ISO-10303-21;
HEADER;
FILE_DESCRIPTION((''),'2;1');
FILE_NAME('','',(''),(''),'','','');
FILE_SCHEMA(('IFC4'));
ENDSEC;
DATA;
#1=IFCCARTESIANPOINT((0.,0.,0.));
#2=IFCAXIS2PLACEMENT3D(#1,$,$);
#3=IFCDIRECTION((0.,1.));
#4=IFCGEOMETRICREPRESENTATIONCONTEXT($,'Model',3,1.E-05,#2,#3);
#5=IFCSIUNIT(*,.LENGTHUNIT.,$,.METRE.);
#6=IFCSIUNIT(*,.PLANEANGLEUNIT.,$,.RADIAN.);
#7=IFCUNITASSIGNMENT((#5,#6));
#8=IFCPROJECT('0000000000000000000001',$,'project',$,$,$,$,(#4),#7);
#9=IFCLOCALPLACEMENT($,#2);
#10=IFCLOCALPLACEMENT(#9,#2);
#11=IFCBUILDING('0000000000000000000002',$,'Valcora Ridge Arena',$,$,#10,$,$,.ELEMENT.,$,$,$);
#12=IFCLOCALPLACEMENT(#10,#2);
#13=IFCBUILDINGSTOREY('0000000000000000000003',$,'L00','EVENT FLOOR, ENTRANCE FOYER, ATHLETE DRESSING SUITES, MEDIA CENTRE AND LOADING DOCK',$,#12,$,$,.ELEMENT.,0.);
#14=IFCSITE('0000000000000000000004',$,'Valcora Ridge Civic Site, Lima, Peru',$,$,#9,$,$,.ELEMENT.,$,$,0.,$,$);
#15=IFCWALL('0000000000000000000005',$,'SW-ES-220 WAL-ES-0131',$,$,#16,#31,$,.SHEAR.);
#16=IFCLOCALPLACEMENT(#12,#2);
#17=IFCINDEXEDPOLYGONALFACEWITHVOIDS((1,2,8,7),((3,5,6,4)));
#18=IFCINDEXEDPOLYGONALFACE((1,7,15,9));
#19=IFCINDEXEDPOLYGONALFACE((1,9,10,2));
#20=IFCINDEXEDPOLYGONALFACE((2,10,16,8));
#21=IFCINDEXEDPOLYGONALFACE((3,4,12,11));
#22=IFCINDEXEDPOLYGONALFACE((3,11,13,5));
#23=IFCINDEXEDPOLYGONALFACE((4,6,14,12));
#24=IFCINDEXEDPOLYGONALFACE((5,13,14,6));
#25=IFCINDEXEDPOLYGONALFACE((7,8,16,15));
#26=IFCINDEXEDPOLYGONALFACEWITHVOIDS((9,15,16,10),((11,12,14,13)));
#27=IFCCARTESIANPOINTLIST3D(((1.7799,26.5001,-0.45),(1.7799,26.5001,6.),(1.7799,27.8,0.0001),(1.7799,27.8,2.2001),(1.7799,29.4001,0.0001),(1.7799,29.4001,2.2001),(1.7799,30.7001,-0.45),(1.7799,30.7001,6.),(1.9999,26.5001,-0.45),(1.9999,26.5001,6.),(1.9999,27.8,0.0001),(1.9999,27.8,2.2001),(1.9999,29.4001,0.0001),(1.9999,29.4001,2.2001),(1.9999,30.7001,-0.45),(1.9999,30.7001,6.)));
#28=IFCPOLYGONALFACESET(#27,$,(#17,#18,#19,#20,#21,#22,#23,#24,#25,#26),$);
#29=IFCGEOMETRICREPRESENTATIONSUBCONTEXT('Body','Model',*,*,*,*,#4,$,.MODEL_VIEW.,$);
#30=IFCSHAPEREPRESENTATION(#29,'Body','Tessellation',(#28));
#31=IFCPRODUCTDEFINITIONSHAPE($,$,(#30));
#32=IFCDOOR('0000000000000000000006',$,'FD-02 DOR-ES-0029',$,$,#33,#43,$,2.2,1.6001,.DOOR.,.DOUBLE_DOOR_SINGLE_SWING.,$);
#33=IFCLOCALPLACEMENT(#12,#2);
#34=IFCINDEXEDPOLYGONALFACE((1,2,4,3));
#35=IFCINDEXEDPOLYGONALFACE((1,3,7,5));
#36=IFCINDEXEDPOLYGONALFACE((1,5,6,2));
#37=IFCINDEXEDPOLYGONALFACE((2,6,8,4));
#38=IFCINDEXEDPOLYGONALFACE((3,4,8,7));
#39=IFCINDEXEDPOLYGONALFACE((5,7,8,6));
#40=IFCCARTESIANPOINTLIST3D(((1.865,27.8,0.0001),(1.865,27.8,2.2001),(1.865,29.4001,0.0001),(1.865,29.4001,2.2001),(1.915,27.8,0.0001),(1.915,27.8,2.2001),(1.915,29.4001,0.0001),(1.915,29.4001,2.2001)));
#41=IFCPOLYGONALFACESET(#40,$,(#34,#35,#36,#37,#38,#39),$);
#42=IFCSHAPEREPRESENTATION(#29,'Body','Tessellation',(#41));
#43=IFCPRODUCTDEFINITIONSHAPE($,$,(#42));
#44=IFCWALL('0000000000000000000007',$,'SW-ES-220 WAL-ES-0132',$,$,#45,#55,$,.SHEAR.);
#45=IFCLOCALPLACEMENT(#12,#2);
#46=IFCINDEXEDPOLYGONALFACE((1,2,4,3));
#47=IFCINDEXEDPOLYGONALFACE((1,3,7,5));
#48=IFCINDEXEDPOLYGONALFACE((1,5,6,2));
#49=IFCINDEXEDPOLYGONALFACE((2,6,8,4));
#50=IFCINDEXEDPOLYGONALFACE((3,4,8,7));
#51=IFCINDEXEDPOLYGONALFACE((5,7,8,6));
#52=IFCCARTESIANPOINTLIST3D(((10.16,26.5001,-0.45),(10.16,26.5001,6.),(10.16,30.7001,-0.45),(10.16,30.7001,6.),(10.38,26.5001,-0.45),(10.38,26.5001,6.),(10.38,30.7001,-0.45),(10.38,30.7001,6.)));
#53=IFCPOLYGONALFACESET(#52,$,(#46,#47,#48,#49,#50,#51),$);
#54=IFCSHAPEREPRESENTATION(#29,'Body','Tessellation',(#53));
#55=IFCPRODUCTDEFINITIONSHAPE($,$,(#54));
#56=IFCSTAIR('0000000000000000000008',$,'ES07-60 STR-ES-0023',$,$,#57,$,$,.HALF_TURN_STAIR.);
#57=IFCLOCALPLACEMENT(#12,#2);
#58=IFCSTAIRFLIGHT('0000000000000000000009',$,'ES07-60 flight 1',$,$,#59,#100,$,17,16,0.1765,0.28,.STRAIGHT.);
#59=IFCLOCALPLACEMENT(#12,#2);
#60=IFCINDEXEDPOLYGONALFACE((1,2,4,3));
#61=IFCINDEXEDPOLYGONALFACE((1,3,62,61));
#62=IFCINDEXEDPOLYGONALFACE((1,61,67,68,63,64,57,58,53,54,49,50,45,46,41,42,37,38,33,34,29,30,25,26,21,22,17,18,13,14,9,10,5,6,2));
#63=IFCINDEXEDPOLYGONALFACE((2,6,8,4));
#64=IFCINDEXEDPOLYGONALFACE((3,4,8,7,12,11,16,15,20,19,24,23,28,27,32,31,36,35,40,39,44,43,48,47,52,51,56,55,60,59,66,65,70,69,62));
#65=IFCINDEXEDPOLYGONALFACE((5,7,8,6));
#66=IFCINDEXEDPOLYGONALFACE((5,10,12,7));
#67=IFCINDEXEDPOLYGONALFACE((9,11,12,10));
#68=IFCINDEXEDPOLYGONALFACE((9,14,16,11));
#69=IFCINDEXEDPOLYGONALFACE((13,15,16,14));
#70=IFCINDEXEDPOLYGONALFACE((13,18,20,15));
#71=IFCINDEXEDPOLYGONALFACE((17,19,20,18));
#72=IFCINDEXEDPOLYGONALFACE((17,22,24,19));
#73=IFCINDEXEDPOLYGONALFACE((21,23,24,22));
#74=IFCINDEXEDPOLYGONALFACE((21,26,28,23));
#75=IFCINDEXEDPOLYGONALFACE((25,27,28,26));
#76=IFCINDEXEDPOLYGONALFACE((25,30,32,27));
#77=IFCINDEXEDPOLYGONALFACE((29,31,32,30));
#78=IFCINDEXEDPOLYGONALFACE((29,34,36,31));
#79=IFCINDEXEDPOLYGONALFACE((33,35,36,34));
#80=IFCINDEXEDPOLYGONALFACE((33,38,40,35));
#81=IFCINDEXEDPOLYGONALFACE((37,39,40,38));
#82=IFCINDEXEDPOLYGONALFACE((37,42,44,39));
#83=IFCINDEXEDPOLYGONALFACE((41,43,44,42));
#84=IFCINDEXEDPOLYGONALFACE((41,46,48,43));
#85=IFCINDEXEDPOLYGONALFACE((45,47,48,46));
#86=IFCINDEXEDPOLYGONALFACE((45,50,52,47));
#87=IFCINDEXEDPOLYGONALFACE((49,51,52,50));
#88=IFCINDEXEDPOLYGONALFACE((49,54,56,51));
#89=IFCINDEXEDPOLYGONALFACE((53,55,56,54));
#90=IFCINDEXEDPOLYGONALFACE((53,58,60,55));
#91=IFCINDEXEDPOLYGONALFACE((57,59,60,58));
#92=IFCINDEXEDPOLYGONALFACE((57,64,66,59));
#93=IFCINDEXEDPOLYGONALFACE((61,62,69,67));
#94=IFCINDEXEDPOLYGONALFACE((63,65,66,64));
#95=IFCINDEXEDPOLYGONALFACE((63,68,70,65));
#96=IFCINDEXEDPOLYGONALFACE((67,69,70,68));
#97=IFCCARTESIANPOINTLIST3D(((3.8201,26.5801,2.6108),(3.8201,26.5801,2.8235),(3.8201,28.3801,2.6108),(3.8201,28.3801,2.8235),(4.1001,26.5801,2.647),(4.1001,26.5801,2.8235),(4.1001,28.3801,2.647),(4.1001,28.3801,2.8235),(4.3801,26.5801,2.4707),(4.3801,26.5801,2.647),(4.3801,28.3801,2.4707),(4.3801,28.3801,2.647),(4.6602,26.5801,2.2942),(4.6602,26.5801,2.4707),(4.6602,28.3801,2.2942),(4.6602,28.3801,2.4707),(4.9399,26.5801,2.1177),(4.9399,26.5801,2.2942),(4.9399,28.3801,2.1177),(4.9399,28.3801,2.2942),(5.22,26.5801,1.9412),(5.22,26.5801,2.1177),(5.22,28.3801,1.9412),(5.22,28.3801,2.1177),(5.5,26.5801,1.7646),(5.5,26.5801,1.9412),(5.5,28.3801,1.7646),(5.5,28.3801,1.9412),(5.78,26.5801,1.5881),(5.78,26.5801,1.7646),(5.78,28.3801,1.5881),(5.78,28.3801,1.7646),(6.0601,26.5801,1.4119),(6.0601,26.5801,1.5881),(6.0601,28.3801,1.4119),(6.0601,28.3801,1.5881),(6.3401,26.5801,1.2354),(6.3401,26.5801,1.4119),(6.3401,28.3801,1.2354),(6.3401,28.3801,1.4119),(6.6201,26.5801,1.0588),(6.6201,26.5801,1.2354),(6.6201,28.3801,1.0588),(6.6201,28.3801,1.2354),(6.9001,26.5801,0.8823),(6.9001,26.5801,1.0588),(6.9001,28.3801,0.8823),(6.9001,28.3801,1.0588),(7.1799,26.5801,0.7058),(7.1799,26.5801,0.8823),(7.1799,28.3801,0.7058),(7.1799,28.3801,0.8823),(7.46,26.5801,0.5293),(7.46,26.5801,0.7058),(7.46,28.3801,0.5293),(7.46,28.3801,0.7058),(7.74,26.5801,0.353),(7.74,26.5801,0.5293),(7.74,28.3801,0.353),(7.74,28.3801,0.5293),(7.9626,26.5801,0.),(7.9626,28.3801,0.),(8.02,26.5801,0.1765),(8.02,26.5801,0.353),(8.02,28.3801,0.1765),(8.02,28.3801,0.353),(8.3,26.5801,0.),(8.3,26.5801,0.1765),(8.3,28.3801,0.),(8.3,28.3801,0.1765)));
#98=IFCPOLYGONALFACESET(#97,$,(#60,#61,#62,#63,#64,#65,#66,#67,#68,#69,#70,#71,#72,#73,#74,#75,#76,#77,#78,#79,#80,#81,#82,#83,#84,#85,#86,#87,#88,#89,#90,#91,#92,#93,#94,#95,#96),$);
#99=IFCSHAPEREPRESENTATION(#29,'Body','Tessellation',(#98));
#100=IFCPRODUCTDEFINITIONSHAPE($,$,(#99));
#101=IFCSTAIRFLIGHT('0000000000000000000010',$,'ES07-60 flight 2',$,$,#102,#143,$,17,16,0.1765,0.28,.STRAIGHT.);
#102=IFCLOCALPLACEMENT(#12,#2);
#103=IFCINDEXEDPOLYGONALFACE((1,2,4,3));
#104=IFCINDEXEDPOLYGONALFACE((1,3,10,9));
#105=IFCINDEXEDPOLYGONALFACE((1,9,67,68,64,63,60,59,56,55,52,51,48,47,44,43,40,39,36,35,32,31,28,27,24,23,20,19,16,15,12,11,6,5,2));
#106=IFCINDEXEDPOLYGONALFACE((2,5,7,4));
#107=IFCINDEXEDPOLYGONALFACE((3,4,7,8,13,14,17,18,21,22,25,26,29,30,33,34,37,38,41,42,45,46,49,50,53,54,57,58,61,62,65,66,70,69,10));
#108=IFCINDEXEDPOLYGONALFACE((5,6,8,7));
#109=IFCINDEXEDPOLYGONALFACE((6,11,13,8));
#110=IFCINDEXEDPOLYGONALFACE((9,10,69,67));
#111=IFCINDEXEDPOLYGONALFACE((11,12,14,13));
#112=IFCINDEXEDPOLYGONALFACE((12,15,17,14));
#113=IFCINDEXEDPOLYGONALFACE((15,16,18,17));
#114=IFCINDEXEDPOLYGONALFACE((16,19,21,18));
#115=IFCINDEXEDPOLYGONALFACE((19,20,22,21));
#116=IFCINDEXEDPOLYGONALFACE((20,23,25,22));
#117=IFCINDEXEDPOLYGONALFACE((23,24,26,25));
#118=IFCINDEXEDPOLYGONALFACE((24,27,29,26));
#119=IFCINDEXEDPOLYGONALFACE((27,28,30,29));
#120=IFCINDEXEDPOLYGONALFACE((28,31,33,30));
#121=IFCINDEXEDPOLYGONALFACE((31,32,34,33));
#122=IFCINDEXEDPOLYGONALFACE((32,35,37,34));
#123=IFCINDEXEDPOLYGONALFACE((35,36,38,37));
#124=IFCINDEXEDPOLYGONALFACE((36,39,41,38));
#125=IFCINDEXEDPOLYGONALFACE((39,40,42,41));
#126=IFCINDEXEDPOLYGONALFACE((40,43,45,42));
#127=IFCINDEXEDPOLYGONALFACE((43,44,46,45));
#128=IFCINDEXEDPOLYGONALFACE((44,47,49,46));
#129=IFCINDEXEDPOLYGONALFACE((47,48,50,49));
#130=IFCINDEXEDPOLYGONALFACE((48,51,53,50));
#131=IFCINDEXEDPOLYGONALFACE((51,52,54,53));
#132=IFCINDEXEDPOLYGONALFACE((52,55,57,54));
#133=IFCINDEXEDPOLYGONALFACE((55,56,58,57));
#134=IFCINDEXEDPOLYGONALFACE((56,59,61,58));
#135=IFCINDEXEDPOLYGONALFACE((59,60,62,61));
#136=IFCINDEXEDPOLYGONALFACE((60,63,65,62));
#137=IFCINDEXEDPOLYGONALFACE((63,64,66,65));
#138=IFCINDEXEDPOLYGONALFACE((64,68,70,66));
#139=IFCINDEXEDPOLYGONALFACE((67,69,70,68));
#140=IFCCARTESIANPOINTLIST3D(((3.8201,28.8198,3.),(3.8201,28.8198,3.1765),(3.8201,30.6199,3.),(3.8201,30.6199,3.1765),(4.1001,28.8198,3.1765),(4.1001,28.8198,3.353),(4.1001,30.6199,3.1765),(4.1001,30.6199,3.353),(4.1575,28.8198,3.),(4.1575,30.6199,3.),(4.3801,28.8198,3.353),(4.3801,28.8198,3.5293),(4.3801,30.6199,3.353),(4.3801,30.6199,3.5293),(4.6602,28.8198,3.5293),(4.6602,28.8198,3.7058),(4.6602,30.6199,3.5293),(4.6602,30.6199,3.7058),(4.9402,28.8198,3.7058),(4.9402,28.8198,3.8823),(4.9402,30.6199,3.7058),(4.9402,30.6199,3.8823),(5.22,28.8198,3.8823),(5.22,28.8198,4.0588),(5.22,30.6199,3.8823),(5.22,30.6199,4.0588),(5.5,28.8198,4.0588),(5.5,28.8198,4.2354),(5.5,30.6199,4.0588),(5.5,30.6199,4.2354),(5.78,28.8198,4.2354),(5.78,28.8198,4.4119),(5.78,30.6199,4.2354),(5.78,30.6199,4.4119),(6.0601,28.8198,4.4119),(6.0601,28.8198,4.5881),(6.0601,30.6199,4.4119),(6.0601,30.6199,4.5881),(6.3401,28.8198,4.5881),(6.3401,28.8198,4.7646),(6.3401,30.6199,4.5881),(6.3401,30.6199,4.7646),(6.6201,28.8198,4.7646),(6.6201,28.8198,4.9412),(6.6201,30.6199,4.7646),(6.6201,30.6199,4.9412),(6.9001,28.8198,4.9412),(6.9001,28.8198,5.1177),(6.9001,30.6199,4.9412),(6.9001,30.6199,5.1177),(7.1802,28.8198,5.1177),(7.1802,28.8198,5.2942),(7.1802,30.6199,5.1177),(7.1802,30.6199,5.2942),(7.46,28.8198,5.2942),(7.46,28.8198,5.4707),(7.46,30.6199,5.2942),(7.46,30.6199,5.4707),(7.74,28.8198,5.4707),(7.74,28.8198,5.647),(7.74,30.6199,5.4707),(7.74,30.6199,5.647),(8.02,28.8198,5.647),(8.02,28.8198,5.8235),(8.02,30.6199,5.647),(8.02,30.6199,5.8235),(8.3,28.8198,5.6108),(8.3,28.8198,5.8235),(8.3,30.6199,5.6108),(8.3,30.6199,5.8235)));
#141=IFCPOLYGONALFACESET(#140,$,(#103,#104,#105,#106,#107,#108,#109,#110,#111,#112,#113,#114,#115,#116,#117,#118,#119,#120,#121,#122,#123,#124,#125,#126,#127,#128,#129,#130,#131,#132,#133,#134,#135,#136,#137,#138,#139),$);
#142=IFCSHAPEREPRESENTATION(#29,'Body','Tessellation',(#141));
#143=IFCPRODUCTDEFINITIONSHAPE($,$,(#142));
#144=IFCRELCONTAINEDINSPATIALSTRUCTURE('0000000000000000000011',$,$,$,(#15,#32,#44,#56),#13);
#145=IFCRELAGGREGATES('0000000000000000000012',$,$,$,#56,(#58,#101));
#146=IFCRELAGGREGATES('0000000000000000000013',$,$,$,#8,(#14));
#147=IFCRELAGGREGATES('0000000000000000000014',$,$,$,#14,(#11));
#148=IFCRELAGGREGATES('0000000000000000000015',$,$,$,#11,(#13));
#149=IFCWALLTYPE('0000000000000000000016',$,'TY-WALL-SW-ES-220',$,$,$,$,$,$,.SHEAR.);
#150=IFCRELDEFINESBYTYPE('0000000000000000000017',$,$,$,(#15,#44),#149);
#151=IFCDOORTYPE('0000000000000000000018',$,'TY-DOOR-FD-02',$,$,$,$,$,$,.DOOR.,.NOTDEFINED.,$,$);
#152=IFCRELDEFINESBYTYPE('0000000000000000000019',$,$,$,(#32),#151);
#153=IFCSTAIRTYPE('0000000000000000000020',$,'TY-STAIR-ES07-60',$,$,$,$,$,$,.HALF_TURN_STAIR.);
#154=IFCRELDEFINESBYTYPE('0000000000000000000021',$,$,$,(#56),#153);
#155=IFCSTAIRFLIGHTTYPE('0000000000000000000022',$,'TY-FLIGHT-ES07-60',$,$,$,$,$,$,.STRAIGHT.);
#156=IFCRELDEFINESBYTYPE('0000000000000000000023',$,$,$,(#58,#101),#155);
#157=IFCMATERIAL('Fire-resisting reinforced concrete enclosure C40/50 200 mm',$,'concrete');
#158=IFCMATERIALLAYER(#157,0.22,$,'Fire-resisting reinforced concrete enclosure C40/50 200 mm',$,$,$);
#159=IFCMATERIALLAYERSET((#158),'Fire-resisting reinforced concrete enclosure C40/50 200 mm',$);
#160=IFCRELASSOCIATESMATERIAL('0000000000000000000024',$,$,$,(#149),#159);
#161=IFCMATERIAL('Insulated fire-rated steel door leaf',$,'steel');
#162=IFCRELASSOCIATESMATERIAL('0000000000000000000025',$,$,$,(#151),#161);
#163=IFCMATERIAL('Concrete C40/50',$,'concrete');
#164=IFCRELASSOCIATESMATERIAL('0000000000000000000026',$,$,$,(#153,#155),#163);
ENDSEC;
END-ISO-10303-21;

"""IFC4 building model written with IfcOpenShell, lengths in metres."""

from ifc_helpers import new_model, si_unit, direction, frame, frame_2d, origin, place, context, subcontext, project, spatial, polyline, rectangle, outline, extrude, material, layer, layer_set, type_object, element, fill, aggregate, save


model = new_model("IFC4")

# Units and contexts
model_context = context("Model", 3, precision=1e-05, world=origin(), true_north=direction((0.0, 1.0)))
body_context = subcontext(model_context, "Body", "Model", "MODEL_VIEW")
ifc_project = project(units=[si_unit("LENGTHUNIT", "METRE"), si_unit("PLANEANGLEUNIT", "RADIAN")], contexts=[model_context])

# Site, building, storey
site_placement = place(None, origin())
site = spatial("IfcSite", under=ifc_project, at=site_placement, Name="Valcora Ridge Civic Site, Lima, Peru", CompositionType="ELEMENT", RefElevation=0.0)
building_placement = place(site_placement, origin())
building = spatial("IfcBuilding", under=site, at=building_placement, Name="Valcora Ridge Arena", CompositionType="ELEMENT")
storey_placement = place(building_placement, origin())
storey = spatial("IfcBuildingStorey", under=building, at=storey_placement, Name="L00", Description="EVENT FLOOR, ENTRANCE FOYER, ATHLETE DRESSING SUITES, MEDIA CENTRE AND LOADING DOCK", CompositionType="ELEMENT", Elevation=0.0)

# Shared definitions
ifc_material_1 = material(Name="Fire-resisting reinforced concrete enclosure C40/50 200 mm", Category="concrete")
ifc_material_2 = material(Name="Concrete C40/50", Category="concrete")

# Shared definitions
ifc_layer_1 = layer(ifc_material_1, 0.22, Name="Fire-resisting reinforced concrete enclosure C40/50 200 mm")
ifc_layer_set_1 = layer_set([ifc_layer_1], Name="Fire-resisting reinforced concrete enclosure C40/50 200 mm")
wall_type = type_object("IfcWallType", Name="TY-WALL-SW-ES-220", PredefinedType="SHEAR", material=ifc_layer_set_1)

# Wall, opening, door
wall_1_placement = place(storey_placement, frame((1.8899, 26.5, -0.45), z_axis=(0.0, 0.0, 1.0), x_axis=(0.0, 1.0, 0.0)))
wall_1 = element("IfcWall", 1, at=wall_1_placement, inside=storey, type_object=wall_type, Name="SW-ES-220 WAL-ES-0131", PredefinedType="SHEAR", context=body_context, shape_type="SweptSolid", body=[
    extrude(rectangle(XDim=4.2, YDim=0.22, at=frame_2d((2.1001, 0.0))), origin(), (0.0, 0.0, 1.0), 6.45),
])
opening_placement = place(wall_1_placement, frame((1.3, 0.0, 0.45)))
opening = element("IfcOpeningElement", 2, at=opening_placement, cuts=wall_1, PredefinedType="OPENING", context=body_context, shape_type="SweptSolid", body=[
    extrude(rectangle(XDim=1.6001, YDim=2.2, at=frame_2d((0.8, 1.1001))), frame((0.0, 0.1199, 0.0), z_axis=(0.0, -1.0, 0.0), x_axis=(1.0, 0.0, 0.0)), (0.0, 0.0, 1.0), 0.24),
])
ifc_material_3 = material(Name="Insulated fire-rated steel door leaf", Category="steel")
door_type = type_object("IfcDoorType", Name="TY-DOOR-FD-02", OperationType="NOTDEFINED", PredefinedType="DOOR", material=ifc_material_3)
door_placement = place(opening_placement, origin())
door = element("IfcDoor", 3, at=door_placement, inside=storey, type_object=door_type, Name="FD-02 DOR-ES-0029", OperationType="DOUBLE_DOOR_SINGLE_SWING", OverallHeight=2.2, OverallWidth=1.6001, PredefinedType="DOOR", context=body_context, shape_type="SweptSolid", body=[
    extrude(rectangle(XDim=1.6001, YDim=2.2, at=frame_2d((0.8, 1.1001))), frame((0.0, 0.0249, 0.0), z_axis=(0.0, -1.0, 0.0), x_axis=(1.0, 0.0, 0.0)), (0.0, 0.0, 1.0), 0.05),
])
fill(opening, door)

# Wall
wall_2_placement = place(storey_placement, frame((10.27, 26.5, -0.45), z_axis=(0.0, 0.0, 1.0), x_axis=(0.0, 1.0, 0.0)))
element("IfcWall", 4, at=wall_2_placement, inside=storey, type_object=wall_type, Name="SW-ES-220 WAL-ES-0132", PredefinedType="SHEAR", context=body_context, shape_type="SweptSolid", body=[
    extrude(rectangle(XDim=4.2, YDim=0.22, at=frame_2d((2.1001, 0.0))), origin(), (0.0, 0.0, 1.0), 6.45),
])

# Stair, stair flights
stair_type = type_object("IfcStairType", Name="TY-STAIR-ES07-60", PredefinedType="HALF_TURN_STAIR", material=ifc_material_2)
stair_placement = place(storey_placement, origin())
stair = element("IfcStair", 5, at=stair_placement, inside=storey, type_object=stair_type, Name="ES07-60 STR-ES-0023", PredefinedType="HALF_TURN_STAIR")
stair_flight_type = type_object("IfcStairFlightType", Name="TY-FLIGHT-ES07-60", PredefinedType="STRAIGHT", material=ifc_material_2)
stair_flight_1_placement = place(storey_placement, frame((8.3, 27.48, 0.0), z_axis=(0.0, 0.0, 1.0), x_axis=(-1.0, 0.0, 0.0)))
stair_flight_1 = element("IfcStairFlight", 6, at=stair_flight_1_placement, type_object=stair_flight_type, Name="ES07-60 flight 1", NumberOfRisers=17, NumberOfTreads=16, PredefinedType="STRAIGHT", RiserHeight=0.1765, TreadLength=0.28, context=body_context, shape_type="SweptSolid", body=[
    extrude(outline(polyline([(0.0, 0.0), (0.0, 0.1765), (0.28, 0.1765), (0.28, 0.353), (0.5601, 0.353), (0.5601, 0.5293), (0.8401, 0.5293), (0.8401, 0.7058), (1.1201, 0.7058), (1.1201, 0.8823), (1.3999, 0.8823), (1.3999, 1.0588), (1.6799, 1.0588), (1.6799, 1.2354), (1.96, 1.2354), (1.96, 1.4119), (2.24, 1.4119), (2.24, 1.5881), (2.52, 1.5881), (2.52, 1.7646), (2.8, 1.7646), (2.8, 1.9412), (3.0801, 1.9412), (3.0801, 2.1177), (3.3601, 2.1177), (3.3601, 2.2942), (3.6399, 2.2942), (3.6399, 2.4707), (3.9199, 2.4707), (3.9199, 2.647), (4.2, 2.647), (4.2, 2.8235), (4.48, 2.8235), (4.48, 3.0), (4.48, 2.6108), (0.3374, 0.0), (0.0, 0.0)])), frame((0.0, 0.8999, 0.0), z_axis=(0.0, -1.0, 0.0), x_axis=(1.0, 0.0, 0.0)), (0.0, 0.0, 1.0), 1.8),
])
stair_flight_2_placement = place(storey_placement, frame((3.8201, 29.72, 3.0), z_axis=(0.0, 0.0, 1.0), x_axis=(1.0, 0.0, 0.0)))
stair_flight_2 = element("IfcStairFlight", 7, at=stair_flight_2_placement, type_object=stair_flight_type, Name="ES07-60 flight 2", NumberOfRisers=17, NumberOfTreads=16, PredefinedType="STRAIGHT", RiserHeight=0.1765, TreadLength=0.28, context=body_context, shape_type="SweptSolid", body=[
    extrude(outline(polyline([(0.0, 0.0), (0.0, 0.1765), (0.28, 0.1765), (0.28, 0.353), (0.5601, 0.353), (0.5601, 0.5293), (0.8401, 0.5293), (0.8401, 0.7058), (1.1201, 0.7058), (1.1201, 0.8823), (1.3999, 0.8823), (1.3999, 1.0588), (1.6799, 1.0588), (1.6799, 1.2354), (1.96, 1.2354), (1.96, 1.4119), (2.24, 1.4119), (2.24, 1.5881), (2.52, 1.5881), (2.52, 1.7646), (2.8, 1.7646), (2.8, 1.9412), (3.0801, 1.9412), (3.0801, 2.1177), (3.3601, 2.1177), (3.3601, 2.2942), (3.6399, 2.2942), (3.6399, 2.4707), (3.9199, 2.4707), (3.9199, 2.647), (4.2, 2.647), (4.2, 2.8235), (4.48, 2.8235), (4.48, 3.0), (4.48, 2.6108), (0.3374, 0.0), (0.0, 0.0)])), frame((0.0, 0.8999, 0.0), z_axis=(0.0, -1.0, 0.0), x_axis=(1.0, 0.0, 0.0)), (0.0, 0.0, 1.0), 1.8),
])
aggregate(stair, [stair_flight_1, stair_flight_2])

save(model, "model.ifc")
